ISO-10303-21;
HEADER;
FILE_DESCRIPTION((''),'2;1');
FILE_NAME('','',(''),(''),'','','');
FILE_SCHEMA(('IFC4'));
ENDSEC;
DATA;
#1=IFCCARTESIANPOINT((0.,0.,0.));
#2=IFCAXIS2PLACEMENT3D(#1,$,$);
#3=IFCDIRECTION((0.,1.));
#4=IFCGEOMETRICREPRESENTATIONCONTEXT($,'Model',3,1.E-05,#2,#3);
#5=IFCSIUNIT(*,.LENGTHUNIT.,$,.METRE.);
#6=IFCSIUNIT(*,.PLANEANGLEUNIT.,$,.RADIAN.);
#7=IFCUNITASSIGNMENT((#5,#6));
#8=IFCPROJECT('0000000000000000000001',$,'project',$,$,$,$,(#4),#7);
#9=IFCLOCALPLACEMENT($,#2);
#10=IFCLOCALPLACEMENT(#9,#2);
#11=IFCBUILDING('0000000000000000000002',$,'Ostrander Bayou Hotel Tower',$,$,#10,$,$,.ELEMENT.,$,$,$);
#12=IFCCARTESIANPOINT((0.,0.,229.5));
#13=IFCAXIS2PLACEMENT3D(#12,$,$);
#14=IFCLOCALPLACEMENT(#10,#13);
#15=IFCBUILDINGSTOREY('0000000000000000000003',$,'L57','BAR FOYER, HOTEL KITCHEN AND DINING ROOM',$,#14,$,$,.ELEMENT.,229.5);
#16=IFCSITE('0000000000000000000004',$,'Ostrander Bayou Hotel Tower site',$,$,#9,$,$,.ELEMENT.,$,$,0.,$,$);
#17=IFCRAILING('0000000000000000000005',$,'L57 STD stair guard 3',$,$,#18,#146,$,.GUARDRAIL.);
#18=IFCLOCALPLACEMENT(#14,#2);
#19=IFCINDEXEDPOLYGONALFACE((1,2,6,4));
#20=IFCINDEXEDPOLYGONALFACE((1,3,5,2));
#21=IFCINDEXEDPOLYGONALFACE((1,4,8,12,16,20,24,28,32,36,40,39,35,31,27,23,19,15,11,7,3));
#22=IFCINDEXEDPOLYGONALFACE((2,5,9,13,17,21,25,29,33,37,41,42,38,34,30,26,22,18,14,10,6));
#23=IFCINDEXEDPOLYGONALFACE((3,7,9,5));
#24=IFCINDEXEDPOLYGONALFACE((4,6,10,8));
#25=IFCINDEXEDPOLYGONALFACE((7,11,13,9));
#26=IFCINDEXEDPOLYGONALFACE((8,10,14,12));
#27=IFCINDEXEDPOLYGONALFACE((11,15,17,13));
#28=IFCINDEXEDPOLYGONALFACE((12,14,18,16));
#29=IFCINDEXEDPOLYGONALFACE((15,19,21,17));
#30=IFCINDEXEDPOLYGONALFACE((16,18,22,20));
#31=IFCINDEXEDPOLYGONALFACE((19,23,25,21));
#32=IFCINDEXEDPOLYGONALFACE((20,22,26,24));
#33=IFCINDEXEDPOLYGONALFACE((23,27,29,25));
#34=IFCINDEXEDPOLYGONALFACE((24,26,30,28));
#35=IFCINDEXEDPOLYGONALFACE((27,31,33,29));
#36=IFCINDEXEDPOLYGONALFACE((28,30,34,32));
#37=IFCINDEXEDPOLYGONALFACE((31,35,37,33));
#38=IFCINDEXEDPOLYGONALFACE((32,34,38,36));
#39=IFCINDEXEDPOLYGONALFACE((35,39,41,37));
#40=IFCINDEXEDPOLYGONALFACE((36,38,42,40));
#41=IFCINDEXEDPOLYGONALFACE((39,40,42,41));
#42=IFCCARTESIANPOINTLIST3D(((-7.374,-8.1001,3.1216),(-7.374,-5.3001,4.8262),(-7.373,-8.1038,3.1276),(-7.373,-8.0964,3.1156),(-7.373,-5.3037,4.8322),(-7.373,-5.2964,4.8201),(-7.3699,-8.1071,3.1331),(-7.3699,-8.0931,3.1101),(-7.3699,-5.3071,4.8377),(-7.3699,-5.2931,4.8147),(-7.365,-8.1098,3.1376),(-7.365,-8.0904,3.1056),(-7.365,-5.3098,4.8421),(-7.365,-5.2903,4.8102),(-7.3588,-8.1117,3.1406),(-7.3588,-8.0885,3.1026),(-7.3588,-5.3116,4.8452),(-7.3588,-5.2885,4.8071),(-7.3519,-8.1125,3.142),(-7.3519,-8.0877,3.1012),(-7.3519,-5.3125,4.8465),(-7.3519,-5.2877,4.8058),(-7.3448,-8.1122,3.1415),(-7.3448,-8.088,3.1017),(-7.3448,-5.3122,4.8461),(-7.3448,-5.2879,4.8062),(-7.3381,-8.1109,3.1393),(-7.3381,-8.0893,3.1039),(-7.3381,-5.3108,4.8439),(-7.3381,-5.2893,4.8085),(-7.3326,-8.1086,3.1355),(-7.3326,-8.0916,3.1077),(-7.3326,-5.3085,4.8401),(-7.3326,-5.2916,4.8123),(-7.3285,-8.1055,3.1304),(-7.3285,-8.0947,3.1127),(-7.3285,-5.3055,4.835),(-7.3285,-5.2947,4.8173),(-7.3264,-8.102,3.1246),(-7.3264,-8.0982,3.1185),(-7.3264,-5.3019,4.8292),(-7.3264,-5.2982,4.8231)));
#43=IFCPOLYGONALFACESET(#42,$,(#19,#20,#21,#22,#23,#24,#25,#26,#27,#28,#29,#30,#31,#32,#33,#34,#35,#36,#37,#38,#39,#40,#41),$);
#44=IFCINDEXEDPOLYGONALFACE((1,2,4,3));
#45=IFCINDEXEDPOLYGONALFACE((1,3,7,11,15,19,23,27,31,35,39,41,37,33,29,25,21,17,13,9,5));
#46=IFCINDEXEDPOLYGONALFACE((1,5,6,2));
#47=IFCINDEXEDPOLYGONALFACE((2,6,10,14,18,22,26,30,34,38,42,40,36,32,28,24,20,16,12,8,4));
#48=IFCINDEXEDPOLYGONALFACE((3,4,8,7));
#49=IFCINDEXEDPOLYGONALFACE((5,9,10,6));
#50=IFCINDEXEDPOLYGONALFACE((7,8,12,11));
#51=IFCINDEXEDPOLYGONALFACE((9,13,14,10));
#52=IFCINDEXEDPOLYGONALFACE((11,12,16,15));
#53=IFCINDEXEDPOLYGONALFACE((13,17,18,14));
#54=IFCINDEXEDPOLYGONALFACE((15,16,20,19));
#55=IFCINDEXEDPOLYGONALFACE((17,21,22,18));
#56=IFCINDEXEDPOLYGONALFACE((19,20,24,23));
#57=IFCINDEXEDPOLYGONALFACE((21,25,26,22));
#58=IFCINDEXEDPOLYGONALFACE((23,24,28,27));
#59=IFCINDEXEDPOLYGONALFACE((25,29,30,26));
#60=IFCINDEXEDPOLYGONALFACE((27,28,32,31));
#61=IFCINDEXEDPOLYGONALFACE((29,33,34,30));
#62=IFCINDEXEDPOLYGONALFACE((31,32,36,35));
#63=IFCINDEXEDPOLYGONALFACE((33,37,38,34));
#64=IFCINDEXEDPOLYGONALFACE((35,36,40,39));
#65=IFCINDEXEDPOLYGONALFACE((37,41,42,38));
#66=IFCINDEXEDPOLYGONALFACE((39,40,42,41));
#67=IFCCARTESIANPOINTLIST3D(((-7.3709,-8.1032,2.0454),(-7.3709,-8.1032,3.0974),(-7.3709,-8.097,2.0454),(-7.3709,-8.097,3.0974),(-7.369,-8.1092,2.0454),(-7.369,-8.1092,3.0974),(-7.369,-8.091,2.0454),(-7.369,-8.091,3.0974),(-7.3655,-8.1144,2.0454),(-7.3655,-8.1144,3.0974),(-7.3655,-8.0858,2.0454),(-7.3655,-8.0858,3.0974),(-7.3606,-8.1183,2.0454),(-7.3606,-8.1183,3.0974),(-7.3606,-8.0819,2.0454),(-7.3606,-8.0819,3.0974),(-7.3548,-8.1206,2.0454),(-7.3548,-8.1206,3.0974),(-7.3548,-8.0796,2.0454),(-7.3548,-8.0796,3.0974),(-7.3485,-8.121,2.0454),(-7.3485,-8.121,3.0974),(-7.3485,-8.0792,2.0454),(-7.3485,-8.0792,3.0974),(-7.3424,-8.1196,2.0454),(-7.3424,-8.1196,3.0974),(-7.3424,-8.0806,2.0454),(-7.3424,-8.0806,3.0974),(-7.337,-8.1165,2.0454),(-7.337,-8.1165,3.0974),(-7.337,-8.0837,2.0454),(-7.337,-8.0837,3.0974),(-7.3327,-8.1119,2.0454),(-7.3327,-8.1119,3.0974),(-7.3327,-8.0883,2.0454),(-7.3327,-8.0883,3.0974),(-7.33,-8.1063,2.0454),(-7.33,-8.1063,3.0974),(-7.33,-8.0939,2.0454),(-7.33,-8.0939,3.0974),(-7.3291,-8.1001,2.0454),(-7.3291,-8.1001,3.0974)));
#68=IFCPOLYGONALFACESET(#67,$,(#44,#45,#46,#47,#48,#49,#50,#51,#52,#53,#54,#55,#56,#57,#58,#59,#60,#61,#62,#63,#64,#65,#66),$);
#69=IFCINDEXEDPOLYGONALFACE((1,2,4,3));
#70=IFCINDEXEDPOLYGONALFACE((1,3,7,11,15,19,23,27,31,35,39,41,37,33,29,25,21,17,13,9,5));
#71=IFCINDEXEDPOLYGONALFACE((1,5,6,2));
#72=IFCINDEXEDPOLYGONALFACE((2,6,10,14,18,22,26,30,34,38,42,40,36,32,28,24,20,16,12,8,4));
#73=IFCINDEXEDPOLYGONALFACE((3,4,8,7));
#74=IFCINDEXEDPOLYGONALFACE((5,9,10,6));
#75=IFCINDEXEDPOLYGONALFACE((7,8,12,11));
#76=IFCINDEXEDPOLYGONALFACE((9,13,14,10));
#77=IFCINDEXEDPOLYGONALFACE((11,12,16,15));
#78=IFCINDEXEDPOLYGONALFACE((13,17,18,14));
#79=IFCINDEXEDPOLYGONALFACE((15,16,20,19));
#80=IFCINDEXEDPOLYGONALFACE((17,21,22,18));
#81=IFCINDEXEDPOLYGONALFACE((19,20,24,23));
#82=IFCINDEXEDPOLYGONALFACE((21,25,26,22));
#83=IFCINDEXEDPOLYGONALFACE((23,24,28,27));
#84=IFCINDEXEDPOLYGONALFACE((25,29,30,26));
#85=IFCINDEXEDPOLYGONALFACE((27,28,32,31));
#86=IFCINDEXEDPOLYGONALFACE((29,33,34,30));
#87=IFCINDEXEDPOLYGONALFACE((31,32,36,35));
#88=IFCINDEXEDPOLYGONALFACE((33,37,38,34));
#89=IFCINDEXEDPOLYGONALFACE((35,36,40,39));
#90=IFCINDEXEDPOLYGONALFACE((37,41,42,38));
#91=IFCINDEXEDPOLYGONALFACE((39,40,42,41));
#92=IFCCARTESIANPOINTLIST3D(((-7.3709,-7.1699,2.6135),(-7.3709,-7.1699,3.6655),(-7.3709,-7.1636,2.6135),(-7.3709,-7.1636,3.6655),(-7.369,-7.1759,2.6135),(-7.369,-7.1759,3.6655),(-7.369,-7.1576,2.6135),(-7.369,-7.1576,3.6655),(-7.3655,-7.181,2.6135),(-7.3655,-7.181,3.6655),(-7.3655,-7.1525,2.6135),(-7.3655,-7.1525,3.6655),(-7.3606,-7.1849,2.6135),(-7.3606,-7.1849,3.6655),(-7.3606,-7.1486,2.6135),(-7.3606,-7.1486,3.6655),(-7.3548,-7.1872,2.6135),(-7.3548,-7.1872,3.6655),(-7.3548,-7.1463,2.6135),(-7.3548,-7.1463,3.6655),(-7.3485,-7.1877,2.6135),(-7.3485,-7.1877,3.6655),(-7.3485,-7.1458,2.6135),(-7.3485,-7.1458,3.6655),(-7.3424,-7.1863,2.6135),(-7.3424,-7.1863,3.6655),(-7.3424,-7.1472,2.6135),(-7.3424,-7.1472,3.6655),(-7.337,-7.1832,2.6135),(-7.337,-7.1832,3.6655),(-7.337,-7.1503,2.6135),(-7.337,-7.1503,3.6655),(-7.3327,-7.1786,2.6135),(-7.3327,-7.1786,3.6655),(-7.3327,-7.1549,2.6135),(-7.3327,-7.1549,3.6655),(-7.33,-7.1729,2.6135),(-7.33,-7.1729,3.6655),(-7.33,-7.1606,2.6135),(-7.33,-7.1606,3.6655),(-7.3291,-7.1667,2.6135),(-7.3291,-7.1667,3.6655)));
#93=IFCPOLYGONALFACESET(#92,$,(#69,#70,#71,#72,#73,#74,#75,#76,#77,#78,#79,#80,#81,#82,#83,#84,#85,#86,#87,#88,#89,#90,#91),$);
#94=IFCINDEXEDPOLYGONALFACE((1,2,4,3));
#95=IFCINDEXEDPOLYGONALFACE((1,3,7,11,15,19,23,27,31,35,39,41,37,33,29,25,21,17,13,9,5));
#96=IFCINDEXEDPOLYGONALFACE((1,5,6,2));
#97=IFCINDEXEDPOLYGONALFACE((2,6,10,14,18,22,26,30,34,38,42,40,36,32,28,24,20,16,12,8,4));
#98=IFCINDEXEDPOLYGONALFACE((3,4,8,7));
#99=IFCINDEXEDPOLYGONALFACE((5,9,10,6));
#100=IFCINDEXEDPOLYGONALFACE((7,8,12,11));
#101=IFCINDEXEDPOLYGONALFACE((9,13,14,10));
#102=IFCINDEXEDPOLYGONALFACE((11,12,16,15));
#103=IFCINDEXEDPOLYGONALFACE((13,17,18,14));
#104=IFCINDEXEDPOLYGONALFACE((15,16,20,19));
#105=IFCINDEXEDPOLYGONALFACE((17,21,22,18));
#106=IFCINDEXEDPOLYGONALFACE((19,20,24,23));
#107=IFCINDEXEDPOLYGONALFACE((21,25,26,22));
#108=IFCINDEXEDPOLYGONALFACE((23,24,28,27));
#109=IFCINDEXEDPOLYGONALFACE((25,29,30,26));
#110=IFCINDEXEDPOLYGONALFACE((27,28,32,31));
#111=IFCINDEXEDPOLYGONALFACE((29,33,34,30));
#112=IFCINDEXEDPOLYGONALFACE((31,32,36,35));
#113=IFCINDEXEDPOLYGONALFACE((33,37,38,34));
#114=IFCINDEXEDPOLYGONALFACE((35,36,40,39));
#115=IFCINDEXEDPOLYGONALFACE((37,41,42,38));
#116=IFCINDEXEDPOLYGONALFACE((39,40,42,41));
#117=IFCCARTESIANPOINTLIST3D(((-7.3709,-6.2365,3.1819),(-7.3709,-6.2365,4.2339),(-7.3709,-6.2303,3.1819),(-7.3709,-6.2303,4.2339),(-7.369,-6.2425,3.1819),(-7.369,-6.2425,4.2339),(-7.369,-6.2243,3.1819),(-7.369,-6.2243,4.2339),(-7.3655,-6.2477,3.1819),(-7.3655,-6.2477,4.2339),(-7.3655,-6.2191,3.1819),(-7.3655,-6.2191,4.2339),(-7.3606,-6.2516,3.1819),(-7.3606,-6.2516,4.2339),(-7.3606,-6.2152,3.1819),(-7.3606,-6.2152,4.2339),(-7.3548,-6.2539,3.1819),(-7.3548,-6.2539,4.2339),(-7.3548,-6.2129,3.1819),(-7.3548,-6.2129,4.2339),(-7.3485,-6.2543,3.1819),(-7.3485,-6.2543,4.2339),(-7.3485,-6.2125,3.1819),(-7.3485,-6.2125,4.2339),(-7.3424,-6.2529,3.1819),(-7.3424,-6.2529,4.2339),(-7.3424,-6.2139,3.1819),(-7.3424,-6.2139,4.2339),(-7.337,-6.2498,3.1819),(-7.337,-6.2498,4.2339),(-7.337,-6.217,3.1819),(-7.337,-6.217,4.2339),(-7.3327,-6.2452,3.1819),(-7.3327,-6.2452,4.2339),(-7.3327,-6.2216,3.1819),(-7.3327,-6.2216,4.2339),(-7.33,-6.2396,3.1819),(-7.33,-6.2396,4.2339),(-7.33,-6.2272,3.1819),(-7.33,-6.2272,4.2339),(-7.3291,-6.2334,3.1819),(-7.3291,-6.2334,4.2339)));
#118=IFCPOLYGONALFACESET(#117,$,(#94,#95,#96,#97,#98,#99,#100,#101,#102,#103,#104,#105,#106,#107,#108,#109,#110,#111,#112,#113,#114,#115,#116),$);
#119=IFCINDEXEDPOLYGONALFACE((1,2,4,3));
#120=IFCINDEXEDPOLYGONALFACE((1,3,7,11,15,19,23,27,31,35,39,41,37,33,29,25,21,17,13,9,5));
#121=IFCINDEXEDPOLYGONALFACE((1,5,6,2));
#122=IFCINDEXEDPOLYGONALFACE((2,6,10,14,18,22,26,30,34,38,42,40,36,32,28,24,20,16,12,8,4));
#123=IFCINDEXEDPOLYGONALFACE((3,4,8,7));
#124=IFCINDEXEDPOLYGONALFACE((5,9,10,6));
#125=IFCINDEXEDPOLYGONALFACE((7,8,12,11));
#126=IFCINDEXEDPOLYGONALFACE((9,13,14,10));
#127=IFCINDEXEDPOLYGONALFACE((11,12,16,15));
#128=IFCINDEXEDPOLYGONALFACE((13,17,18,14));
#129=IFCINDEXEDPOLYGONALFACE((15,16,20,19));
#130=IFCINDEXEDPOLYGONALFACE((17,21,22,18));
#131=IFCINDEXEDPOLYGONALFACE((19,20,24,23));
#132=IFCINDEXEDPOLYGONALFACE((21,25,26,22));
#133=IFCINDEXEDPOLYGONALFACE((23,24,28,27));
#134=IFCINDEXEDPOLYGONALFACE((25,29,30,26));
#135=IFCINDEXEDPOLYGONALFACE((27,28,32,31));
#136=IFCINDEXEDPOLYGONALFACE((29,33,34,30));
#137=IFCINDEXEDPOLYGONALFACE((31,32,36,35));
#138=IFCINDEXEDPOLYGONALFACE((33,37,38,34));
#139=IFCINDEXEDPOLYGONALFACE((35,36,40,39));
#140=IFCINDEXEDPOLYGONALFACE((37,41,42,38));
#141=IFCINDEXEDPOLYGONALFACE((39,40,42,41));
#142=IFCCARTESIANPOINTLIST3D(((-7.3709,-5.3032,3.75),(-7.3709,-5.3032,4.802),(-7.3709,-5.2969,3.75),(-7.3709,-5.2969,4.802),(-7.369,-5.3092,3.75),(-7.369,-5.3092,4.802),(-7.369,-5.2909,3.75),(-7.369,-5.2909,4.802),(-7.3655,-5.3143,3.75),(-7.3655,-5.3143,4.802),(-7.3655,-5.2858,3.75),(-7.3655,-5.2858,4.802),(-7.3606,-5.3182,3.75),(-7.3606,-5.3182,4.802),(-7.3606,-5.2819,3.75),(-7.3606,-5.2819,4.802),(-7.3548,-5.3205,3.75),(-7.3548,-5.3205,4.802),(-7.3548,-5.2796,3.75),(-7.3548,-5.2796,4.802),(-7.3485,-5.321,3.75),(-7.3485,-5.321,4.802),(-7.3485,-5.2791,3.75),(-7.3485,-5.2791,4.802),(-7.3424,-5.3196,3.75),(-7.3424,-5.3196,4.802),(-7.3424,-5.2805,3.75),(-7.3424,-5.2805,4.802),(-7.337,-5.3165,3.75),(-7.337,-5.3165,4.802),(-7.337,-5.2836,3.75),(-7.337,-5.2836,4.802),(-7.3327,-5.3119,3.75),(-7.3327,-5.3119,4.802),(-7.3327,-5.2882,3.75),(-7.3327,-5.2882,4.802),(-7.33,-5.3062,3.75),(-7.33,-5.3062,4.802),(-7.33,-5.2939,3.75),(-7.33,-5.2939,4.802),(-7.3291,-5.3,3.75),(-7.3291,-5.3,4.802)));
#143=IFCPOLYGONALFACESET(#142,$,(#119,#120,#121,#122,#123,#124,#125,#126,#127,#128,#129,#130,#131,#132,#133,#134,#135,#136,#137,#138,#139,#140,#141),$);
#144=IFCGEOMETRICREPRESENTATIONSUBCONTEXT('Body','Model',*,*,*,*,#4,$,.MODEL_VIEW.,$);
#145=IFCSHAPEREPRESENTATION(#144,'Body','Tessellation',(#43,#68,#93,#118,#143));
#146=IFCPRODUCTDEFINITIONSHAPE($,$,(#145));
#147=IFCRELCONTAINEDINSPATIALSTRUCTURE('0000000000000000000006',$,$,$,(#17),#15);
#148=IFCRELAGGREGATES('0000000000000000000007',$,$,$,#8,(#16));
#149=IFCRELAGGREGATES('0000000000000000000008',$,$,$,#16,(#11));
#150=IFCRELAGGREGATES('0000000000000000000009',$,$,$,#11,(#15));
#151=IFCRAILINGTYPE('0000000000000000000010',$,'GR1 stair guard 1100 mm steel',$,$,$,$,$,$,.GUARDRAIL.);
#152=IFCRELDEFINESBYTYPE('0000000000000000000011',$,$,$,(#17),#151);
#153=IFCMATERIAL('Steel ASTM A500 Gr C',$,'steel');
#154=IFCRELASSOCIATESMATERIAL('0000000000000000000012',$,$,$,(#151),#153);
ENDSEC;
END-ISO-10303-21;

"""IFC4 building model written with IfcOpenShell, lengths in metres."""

from ifc_helpers import new_model, si_unit, direction, frame, origin, origin_2d, place, context, subcontext, project, spatial, circle, extrude, material, type_object, element, save


model = new_model("IFC4")

# Units and contexts
model_context = context("Model", 3, precision=1e-05, world=origin(), true_north=direction((0.0, 1.0)))
body_context = subcontext(model_context, "Body", "Model", "MODEL_VIEW")
ifc_project = project(units=[si_unit("LENGTHUNIT", "METRE"), si_unit("PLANEANGLEUNIT", "RADIAN")], contexts=[model_context])

# Site, building, storey
site_placement = place(None, origin())
site = spatial("IfcSite", under=ifc_project, at=site_placement, Name="Ostrander Bayou Hotel Tower site", CompositionType="ELEMENT", RefElevation=0.0)
building_placement = place(site_placement, origin())
building = spatial("IfcBuilding", under=site, at=building_placement, Name="Ostrander Bayou Hotel Tower", CompositionType="ELEMENT")
storey_placement = place(building_placement, frame((0.0, 0.0, 229.5)))
storey = spatial("IfcBuildingStorey", under=building, at=storey_placement, Name="L57", Description="BAR FOYER, HOTEL KITCHEN AND DINING ROOM", CompositionType="ELEMENT", Elevation=229.5)

# Railing
ifc_material_1 = material(Name="Steel ASTM A500 Gr C", Category="steel")
railing_type_1 = type_object("IfcRailingType", Name="GR1 stair guard 1100 mm steel", PredefinedType="GUARDRAIL", material=ifc_material_1)
railing_1_placement = place(storey_placement, frame((-7.3501, -8.1001, 2.0454)))
element("IfcRailing", 1, at=railing_1_placement, inside=storey, type_object=railing_type_1, Name="L57 STD stair guard 3", PredefinedType="GUARDRAIL", context=body_context, shape_type="SweptSolid", body=[
    extrude(circle(Radius=0.0239, at=origin_2d()), frame((0.0, 0.0, 1.0762), z_axis=(0.0, 0.85417, 0.519994), x_axis=(-1.0, 0.0, 0.0)), (0.0, 0.0, 1.0), 3.2781),
    extrude(circle(Radius=0.021, at=origin_2d()), origin(), (0.0, 0.0, 1.0), 1.052),
    extrude(circle(Radius=0.021, at=origin_2d()), frame((0.0, 0.9333, 0.5681)), (0.0, 0.0, 1.0), 1.052),
    extrude(circle(Radius=0.021, at=origin_2d()), frame((0.0, 1.8667, 1.1365)), (0.0, 0.0, 1.0), 1.052),
    extrude(circle(Radius=0.021, at=origin_2d()), frame((0.0, 2.8, 1.7046)), (0.0, 0.0, 1.0), 1.052),
])

save(model, "model.ifc")
